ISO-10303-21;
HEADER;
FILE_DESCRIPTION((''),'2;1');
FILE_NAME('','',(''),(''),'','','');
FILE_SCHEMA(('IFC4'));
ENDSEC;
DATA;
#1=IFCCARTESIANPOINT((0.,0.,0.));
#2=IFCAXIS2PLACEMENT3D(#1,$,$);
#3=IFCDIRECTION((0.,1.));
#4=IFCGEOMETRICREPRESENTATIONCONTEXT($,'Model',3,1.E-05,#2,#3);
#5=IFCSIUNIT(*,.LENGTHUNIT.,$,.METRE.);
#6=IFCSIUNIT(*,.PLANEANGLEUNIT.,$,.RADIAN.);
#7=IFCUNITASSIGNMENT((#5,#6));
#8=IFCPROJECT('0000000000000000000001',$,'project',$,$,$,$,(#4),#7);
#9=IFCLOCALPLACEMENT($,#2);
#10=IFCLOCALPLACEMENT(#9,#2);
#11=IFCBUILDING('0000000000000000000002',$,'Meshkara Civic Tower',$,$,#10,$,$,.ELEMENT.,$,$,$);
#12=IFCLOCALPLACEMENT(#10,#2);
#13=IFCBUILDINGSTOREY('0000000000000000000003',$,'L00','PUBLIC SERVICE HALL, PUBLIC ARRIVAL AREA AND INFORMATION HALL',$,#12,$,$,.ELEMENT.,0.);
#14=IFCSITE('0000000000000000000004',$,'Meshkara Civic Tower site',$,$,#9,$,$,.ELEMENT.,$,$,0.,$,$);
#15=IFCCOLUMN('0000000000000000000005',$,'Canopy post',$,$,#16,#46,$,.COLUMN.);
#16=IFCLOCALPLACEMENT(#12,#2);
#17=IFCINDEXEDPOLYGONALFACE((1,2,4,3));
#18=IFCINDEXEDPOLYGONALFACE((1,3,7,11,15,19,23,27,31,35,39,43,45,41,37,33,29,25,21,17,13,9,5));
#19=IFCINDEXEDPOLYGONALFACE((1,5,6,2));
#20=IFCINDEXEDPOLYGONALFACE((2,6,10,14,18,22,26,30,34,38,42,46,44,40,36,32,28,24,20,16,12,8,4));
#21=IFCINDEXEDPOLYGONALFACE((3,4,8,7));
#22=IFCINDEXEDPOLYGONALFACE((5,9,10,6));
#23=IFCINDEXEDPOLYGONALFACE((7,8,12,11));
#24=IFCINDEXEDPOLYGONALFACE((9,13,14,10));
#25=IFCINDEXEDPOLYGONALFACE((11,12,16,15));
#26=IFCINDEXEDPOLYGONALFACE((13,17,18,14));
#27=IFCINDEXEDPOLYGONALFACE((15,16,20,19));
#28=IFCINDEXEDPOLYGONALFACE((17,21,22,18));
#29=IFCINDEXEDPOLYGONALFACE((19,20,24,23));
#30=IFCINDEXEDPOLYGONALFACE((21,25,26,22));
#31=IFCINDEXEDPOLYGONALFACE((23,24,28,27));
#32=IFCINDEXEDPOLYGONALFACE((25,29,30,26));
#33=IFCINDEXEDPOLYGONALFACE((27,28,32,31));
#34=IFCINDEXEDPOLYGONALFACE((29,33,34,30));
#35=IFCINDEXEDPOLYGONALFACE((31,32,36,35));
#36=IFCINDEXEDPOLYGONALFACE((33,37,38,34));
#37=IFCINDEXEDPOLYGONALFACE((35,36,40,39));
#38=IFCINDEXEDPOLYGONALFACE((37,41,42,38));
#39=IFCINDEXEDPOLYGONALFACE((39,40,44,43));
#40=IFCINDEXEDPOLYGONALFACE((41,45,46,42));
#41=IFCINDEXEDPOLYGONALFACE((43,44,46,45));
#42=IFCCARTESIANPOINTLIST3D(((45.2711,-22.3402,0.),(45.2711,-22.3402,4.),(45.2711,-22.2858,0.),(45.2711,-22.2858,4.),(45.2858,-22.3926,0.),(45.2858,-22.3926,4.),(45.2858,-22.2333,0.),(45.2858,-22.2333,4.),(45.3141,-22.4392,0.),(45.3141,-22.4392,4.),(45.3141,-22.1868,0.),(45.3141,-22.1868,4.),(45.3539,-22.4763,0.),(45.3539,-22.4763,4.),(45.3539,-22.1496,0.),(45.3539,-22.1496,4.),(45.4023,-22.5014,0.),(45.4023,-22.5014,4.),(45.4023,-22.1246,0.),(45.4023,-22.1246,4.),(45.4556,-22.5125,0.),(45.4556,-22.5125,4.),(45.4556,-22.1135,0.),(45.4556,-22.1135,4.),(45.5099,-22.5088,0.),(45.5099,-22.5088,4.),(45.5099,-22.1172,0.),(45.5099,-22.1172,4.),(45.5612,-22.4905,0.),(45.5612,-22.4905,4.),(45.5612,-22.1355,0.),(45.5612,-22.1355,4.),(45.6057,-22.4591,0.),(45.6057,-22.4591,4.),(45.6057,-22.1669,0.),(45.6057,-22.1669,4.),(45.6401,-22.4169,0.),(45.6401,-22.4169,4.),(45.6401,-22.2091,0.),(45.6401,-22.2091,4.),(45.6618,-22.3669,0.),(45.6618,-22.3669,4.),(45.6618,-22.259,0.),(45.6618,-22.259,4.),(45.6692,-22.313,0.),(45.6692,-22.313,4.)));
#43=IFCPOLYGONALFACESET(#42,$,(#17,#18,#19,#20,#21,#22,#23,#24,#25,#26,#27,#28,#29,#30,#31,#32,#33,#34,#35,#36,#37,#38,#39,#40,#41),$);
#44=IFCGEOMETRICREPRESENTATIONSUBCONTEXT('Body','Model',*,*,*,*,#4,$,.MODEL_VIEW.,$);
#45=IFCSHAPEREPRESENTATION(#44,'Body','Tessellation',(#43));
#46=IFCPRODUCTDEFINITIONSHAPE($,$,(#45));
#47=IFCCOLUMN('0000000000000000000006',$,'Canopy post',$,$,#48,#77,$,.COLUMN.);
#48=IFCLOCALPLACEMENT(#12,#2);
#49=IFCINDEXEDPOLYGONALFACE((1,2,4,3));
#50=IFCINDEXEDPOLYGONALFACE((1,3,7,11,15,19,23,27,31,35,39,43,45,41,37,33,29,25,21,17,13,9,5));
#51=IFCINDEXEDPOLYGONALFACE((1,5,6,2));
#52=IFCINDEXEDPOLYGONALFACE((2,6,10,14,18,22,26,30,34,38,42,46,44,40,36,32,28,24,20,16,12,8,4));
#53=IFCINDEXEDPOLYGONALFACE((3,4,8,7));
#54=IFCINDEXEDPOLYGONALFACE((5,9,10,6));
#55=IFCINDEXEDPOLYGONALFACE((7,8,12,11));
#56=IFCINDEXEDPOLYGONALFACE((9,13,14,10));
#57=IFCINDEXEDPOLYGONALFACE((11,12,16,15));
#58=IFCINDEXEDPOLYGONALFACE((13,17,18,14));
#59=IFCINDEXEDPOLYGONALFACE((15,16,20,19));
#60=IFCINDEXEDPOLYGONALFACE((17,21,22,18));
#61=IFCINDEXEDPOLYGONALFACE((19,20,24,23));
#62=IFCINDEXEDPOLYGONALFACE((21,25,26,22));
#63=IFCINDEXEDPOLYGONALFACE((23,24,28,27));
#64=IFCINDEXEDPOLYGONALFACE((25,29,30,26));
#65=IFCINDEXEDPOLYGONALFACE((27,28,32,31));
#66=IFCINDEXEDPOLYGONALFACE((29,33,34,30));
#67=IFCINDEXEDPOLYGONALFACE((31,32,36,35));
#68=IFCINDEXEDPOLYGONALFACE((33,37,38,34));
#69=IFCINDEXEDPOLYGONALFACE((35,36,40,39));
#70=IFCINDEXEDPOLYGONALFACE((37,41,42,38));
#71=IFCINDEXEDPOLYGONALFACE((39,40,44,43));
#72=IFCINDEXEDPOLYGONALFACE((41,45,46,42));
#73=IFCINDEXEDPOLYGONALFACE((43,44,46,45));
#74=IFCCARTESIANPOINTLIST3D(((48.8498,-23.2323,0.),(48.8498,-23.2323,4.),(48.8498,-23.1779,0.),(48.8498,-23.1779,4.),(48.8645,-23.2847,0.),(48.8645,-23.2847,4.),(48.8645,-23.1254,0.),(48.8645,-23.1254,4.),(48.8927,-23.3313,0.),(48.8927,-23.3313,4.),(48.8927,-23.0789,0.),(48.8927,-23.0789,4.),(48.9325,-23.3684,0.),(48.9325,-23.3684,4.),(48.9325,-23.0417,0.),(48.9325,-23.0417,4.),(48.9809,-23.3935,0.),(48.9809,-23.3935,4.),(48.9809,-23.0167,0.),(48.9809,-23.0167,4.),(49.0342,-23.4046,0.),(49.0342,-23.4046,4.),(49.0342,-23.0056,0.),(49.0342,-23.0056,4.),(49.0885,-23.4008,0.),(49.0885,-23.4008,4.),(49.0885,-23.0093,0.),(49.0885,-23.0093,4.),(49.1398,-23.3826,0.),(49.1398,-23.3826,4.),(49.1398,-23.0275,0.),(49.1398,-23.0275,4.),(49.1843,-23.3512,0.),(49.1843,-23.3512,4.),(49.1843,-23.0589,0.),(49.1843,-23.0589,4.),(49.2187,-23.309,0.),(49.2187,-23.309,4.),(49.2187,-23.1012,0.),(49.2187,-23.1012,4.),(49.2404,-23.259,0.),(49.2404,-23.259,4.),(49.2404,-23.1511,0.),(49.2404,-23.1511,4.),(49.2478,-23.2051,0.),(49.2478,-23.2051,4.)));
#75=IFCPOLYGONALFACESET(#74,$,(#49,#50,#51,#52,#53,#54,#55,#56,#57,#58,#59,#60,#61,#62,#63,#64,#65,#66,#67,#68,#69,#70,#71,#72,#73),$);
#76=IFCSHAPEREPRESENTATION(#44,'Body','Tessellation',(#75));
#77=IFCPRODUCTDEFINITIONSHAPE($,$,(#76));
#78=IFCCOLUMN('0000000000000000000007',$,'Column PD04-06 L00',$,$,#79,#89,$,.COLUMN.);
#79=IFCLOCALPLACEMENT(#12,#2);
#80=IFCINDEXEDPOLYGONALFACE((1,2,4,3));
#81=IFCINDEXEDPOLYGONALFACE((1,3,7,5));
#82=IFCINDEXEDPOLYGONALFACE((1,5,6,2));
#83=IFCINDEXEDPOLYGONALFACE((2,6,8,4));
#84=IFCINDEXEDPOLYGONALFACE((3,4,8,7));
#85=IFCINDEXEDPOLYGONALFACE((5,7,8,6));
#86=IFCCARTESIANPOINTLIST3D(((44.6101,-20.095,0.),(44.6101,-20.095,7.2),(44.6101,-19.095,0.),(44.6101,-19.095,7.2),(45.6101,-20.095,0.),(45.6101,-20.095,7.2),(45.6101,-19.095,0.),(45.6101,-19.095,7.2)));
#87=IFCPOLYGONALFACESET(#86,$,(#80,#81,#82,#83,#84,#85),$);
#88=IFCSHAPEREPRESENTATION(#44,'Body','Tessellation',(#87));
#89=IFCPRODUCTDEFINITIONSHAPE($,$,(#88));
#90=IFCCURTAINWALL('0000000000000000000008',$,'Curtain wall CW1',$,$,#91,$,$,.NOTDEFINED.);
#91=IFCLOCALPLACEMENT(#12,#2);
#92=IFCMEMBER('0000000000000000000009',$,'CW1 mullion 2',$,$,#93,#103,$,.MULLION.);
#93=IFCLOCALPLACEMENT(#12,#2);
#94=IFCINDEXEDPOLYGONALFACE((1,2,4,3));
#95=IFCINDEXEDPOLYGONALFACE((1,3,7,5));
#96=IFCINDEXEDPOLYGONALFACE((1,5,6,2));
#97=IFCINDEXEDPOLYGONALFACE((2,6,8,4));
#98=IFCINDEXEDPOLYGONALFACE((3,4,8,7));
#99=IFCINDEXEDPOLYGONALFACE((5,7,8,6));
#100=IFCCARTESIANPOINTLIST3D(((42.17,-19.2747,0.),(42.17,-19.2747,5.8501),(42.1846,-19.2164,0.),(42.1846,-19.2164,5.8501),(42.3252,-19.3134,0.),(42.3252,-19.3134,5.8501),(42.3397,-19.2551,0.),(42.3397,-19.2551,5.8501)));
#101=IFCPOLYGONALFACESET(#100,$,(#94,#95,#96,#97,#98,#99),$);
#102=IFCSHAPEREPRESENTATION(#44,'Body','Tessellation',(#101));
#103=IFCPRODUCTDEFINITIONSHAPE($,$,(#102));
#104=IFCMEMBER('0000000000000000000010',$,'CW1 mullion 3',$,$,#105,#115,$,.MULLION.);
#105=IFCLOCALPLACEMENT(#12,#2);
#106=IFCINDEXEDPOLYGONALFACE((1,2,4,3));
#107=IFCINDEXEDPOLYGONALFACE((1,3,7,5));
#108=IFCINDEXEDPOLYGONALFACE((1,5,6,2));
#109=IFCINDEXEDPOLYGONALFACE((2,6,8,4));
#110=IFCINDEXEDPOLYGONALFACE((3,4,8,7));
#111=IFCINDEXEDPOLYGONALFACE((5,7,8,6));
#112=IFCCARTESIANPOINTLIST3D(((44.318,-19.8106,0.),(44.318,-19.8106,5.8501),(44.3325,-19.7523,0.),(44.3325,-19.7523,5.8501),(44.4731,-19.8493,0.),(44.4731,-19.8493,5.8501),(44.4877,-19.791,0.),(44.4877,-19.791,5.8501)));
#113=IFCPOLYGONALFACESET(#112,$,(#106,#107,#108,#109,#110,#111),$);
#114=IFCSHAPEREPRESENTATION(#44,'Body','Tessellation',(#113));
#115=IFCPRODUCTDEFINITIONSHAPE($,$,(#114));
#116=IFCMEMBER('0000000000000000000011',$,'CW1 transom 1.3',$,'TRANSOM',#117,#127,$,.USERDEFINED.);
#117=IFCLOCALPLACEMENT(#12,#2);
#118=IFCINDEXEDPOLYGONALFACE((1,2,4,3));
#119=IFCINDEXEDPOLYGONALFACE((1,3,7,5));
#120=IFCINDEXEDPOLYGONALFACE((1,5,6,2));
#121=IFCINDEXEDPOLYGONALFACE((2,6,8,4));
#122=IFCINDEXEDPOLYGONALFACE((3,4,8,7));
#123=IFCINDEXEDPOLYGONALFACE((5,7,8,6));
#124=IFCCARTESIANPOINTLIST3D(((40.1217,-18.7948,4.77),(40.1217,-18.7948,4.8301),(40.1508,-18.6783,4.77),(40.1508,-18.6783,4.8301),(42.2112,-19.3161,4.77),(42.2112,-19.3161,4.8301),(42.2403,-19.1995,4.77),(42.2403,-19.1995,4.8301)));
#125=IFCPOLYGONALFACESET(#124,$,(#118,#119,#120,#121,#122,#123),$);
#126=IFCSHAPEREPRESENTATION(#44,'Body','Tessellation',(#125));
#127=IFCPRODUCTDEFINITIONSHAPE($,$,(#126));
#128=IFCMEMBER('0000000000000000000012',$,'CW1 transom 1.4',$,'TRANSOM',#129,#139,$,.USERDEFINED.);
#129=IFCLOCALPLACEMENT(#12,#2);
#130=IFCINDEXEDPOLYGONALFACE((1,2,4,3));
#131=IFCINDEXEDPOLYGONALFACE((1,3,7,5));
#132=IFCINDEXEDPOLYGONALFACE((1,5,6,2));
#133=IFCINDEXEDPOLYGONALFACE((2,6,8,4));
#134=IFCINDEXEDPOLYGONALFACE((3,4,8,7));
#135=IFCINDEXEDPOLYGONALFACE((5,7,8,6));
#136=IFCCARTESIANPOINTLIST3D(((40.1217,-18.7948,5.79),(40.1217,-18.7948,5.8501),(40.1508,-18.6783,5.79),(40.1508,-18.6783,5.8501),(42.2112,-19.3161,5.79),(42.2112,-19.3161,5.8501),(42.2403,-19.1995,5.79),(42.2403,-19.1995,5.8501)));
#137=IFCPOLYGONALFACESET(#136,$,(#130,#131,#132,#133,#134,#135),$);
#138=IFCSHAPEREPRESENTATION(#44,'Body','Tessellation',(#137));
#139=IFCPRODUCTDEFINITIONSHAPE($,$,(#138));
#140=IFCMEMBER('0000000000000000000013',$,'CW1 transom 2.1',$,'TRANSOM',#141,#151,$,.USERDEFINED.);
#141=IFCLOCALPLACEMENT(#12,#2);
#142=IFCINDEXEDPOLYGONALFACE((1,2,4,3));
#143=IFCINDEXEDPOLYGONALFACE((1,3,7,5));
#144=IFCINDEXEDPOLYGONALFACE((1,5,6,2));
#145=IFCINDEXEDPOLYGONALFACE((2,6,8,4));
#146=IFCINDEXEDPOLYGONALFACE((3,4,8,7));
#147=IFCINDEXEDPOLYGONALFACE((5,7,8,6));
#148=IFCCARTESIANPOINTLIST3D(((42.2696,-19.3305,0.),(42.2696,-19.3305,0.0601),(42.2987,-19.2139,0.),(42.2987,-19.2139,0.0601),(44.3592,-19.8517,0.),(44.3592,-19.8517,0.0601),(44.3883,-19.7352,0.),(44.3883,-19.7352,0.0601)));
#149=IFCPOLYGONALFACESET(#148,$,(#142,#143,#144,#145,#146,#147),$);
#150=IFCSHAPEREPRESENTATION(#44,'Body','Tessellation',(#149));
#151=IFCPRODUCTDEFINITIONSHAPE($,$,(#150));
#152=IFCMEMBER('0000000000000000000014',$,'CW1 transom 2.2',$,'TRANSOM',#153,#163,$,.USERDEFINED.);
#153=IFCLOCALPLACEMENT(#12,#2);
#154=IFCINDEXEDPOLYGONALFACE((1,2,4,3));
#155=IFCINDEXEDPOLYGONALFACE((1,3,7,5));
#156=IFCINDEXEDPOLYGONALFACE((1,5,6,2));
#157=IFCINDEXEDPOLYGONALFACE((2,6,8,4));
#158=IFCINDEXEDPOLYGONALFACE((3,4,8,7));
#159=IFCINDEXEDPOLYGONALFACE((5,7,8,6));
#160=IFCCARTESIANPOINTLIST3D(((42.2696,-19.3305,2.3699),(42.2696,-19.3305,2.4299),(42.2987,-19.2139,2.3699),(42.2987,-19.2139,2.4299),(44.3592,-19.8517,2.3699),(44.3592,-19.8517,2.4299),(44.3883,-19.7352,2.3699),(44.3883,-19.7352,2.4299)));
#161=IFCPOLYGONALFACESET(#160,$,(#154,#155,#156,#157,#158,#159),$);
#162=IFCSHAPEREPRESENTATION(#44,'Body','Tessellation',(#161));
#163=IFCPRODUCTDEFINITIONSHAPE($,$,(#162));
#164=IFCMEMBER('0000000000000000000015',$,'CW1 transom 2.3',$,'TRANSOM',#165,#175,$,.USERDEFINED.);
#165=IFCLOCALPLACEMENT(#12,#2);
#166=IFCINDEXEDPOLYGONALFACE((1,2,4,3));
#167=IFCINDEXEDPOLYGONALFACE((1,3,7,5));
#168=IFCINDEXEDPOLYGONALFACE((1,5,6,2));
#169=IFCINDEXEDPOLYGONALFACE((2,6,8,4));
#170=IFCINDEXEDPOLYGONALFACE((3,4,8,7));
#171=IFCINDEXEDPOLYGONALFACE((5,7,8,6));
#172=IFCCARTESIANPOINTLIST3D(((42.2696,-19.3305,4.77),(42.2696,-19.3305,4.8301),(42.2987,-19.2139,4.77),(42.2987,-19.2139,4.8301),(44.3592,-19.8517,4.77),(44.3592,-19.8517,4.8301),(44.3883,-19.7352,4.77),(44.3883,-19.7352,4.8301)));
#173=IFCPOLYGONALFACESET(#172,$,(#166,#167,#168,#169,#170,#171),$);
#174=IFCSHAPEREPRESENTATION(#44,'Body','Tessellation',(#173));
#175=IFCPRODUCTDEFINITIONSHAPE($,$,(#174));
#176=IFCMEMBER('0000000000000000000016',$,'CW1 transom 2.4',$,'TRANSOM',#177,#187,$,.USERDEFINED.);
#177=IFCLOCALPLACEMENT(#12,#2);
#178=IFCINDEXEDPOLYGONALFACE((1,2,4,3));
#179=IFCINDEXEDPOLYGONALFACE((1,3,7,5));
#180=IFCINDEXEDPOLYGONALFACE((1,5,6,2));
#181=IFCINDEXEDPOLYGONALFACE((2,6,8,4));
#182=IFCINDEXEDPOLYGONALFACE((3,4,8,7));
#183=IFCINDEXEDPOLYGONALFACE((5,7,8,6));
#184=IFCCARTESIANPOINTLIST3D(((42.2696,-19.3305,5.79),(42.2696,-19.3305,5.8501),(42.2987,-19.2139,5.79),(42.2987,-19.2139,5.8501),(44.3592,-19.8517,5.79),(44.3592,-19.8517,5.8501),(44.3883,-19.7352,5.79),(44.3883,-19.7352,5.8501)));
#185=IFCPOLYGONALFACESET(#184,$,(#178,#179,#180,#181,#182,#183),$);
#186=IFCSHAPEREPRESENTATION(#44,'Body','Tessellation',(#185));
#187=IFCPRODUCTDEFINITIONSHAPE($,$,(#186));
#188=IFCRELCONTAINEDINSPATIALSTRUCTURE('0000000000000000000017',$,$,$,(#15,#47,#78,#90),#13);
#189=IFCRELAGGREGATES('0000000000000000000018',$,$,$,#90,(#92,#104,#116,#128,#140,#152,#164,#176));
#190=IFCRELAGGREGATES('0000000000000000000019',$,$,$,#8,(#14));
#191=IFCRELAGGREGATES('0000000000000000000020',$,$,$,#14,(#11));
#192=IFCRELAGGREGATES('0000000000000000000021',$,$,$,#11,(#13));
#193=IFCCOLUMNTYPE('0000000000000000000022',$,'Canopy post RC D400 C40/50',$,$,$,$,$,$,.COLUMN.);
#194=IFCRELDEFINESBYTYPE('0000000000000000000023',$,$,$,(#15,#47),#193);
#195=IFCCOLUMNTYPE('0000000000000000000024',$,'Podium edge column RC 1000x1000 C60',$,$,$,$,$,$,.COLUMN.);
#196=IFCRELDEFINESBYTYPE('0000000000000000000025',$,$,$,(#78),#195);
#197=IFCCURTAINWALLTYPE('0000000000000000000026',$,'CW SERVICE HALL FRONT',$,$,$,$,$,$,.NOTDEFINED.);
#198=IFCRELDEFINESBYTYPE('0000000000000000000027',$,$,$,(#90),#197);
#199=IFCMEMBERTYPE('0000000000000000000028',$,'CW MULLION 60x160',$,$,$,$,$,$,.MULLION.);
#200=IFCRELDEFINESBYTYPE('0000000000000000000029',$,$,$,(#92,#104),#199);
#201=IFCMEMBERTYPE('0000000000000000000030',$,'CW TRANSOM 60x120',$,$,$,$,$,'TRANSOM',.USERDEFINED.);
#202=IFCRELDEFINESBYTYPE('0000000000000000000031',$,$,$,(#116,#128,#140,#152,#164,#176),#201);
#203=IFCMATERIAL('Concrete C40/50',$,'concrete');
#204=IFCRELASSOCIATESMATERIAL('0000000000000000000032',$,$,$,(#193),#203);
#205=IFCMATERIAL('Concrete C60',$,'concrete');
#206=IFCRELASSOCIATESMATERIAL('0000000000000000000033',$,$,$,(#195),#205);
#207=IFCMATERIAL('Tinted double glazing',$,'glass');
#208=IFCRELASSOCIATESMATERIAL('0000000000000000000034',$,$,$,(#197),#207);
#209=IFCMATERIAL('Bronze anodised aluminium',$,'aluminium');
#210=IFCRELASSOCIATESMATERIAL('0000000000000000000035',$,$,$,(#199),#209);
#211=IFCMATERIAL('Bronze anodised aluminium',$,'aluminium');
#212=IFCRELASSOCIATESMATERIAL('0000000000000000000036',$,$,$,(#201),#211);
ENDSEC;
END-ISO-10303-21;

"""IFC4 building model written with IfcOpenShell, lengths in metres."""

from ifc_helpers import new_model, si_unit, direction, frame, origin, origin_2d, place, context, subcontext, project, spatial, rectangle, circle, extrude, material, material_profile, profile_set, type_object, element, aggregate, save


model = new_model("IFC4")

# Units and contexts
model_context = context("Model", 3, precision=1e-05, world=origin(), true_north=direction((0.0, 1.0)))
body_context = subcontext(model_context, "Body", "Model", "MODEL_VIEW")
ifc_project = project(units=[si_unit("LENGTHUNIT", "METRE"), si_unit("PLANEANGLEUNIT", "RADIAN")], contexts=[model_context])

# Site, building, storey
site_placement = place(None, origin())
site = spatial("IfcSite", under=ifc_project, at=site_placement, Name="Meshkara Civic Tower site", CompositionType="ELEMENT", RefElevation=0.0)
building_placement = place(site_placement, origin())
building = spatial("IfcBuilding", under=site, at=building_placement, Name="Meshkara Civic Tower", CompositionType="ELEMENT")
storey_placement = place(building_placement, origin())
storey = spatial("IfcBuildingStorey", under=building, at=storey_placement, Name="L00", Description="PUBLIC SERVICE HALL, PUBLIC ARRIVAL AREA AND INFORMATION HALL", CompositionType="ELEMENT", Elevation=0.0)

# Columns
ifc_material_1 = material(Name="Concrete C40/50", Category="concrete")
ifc_material_profile_1 = material_profile(ifc_material_1, circle(Radius=0.2, at=origin_2d()))
ifc_profile_set_1 = profile_set([ifc_material_profile_1], Name="Concrete C40/50")
column_type_1 = type_object("IfcColumnType", Name="Canopy post RC D400 C40/50", PredefinedType="COLUMN", material=ifc_profile_set_1)
for number, where, z_axis, x_axis, name in (
    (1, (45.4692, -22.313, 0.0), (0.0, 0.0, 1.0), (1.0, 0.0, 0.0), "Canopy post"),
    (2, (49.0479, -23.2051, 0.0), (0.0, 0.0, 1.0), (1.0, 0.0, 0.0), "Canopy post"),
):
    element("IfcColumn", number, at=place(storey_placement, frame(where, z_axis=z_axis, x_axis=x_axis)), inside=storey, type_object=column_type_1, Name=name, PredefinedType="COLUMN", context=body_context, shape_type="SweptSolid", body=[
        extrude(circle(Radius=0.2, at=origin_2d()), origin(), (0.0, 0.0, 1.0), 4.0),
    ])
ifc_material_2 = material(Name="Concrete C60", Category="concrete")
ifc_material_profile_2 = material_profile(ifc_material_2, rectangle(XDim=1.0, YDim=1.0, at=origin_2d()))
ifc_profile_set_2 = profile_set([ifc_material_profile_2], Name="Concrete C60")
column_type_2 = type_object("IfcColumnType", Name="Podium edge column RC 1000x1000 C60", PredefinedType="COLUMN", material=ifc_profile_set_2)
column_placement = place(storey_placement, frame((45.1101, -19.595, 0.0), z_axis=(0.0, 0.0, 1.0), x_axis=(1.0, 0.0, 0.0)))
element("IfcColumn", 3, at=column_placement, inside=storey, type_object=column_type_2, Name="Column PD04-06 L00", PredefinedType="COLUMN", context=body_context, shape_type="SweptSolid", body=[
    extrude(rectangle(XDim=1.0, YDim=1.0, at=origin_2d()), origin(), (0.0, 0.0, 1.0), 7.2),
])

# Curtain wall, members
ifc_material_3 = material(Name="Tinted double glazing", Category="glass")
curtain_wall_type = type_object("IfcCurtainWallType", Name="CW SERVICE HALL FRONT", PredefinedType="NOTDEFINED", material=ifc_material_3)
curtain_wall_placement = place(storey_placement, origin())
curtain_wall = element("IfcCurtainWall", 4, at=curtain_wall_placement, inside=storey, type_object=curtain_wall_type, Name="Curtain wall CW1", PredefinedType="NOTDEFINED")
ifc_material_4 = material(Name="Bronze anodised aluminium", Category="aluminium")
ifc_material_profile_3 = material_profile(ifc_material_4, rectangle(XDim=0.0601, YDim=0.1599, at=origin_2d()))
ifc_profile_set_3 = profile_set([ifc_material_profile_3], Name="Bronze anodised aluminium")
member_type_1 = type_object("IfcMemberType", Name="CW MULLION 60x160", PredefinedType="MULLION", material=ifc_profile_set_3)
member_1_placement = place(storey_placement, frame((42.2549, -19.2649, 0.0), z_axis=(0.0, 0.0, 1.0), x_axis=(0.242011, 0.970273, 0.0)))
member_1 = element("IfcMember", 5, at=member_1_placement, type_object=member_type_1, Name="CW1 mullion 2", PredefinedType="MULLION", context=body_context, shape_type="SweptSolid", body=[
    extrude(rectangle(XDim=0.0601, YDim=0.1599, at=origin_2d()), origin(), (0.0, 0.0, 1.0), 5.8501),
])
member_2_placement = place(storey_placement, frame((44.4028, -19.8008, 0.0), z_axis=(0.0, 0.0, 1.0), x_axis=(0.242011, 0.970273, 0.0)))
member_2 = element("IfcMember", 6, at=member_2_placement, type_object=member_type_1, Name="CW1 mullion 3", PredefinedType="MULLION", context=body_context, shape_type="SweptSolid", body=[
    extrude(rectangle(XDim=0.0601, YDim=0.1599, at=origin_2d()), origin(), (0.0, 0.0, 1.0), 5.8501),
])
ifc_material_5 = material(Name="Bronze anodised aluminium", Category="aluminium")
ifc_material_profile_4 = material_profile(ifc_material_5, rectangle(XDim=0.1201, YDim=0.0601, at=origin_2d()))
ifc_profile_set_4 = profile_set([ifc_material_profile_4], Name="Bronze anodised aluminium")
member_type_2 = type_object("IfcMemberType", Name="CW TRANSOM 60x120", ElementType="TRANSOM", PredefinedType="USERDEFINED", material=ifc_profile_set_4)
member_3_placement = place(storey_placement, frame((40.1362, -18.7366, 4.8), z_axis=(0.970269, -0.242029, 0.0), x_axis=(0.242029, 0.970269, 0.0)))
member_3 = element("IfcMember", 7, at=member_3_placement, type_object=member_type_2, Name="CW1 transom 1.3", ObjectType="TRANSOM", PredefinedType="USERDEFINED", context=body_context, shape_type="SweptSolid", body=[
    extrude(rectangle(XDim=0.1201, YDim=0.0601, at=origin_2d()), origin(), (0.0, 0.0, 1.0), 2.1536),
])
member_4_placement = place(storey_placement, frame((40.1362, -18.7366, 5.8201), z_axis=(0.970269, -0.242029, 0.0), x_axis=(0.242029, 0.970269, 0.0)))
member_4 = element("IfcMember", 8, at=member_4_placement, type_object=member_type_2, Name="CW1 transom 1.4", ObjectType="TRANSOM", PredefinedType="USERDEFINED", context=body_context, shape_type="SweptSolid", body=[
    extrude(rectangle(XDim=0.1201, YDim=0.0601, at=origin_2d()), origin(), (0.0, 0.0, 1.0), 2.1536),
])
member_5_placement = place(storey_placement, frame((42.2842, -19.2722, 0.03), z_axis=(0.970269, -0.242029, 0.0), x_axis=(0.242029, 0.970269, 0.0)))
member_5 = element("IfcMember", 9, at=member_5_placement, type_object=member_type_2, Name="CW1 transom 2.1", ObjectType="TRANSOM", PredefinedType="USERDEFINED", context=body_context, shape_type="SweptSolid", body=[
    extrude(rectangle(XDim=0.1201, YDim=0.0601, at=origin_2d()), origin(), (0.0, 0.0, 1.0), 2.1536),
])
member_6_placement = place(storey_placement, frame((42.2842, -19.2722, 2.3999), z_axis=(0.970269, -0.242029, 0.0), x_axis=(0.242029, 0.970269, 0.0)))
member_6 = element("IfcMember", 10, at=member_6_placement, type_object=member_type_2, Name="CW1 transom 2.2", ObjectType="TRANSOM", PredefinedType="USERDEFINED", context=body_context, shape_type="SweptSolid", body=[
    extrude(rectangle(XDim=0.1201, YDim=0.0601, at=origin_2d()), origin(), (0.0, 0.0, 1.0), 2.1536),
])
member_7_placement = place(storey_placement, frame((42.2842, -19.2722, 4.8), z_axis=(0.970269, -0.242029, 0.0), x_axis=(0.242029, 0.970269, 0.0)))
member_7 = element("IfcMember", 11, at=member_7_placement, type_object=member_type_2, Name="CW1 transom 2.3", ObjectType="TRANSOM", PredefinedType="USERDEFINED", context=body_context, shape_type="SweptSolid", body=[
    extrude(rectangle(XDim=0.1201, YDim=0.0601, at=origin_2d()), origin(), (0.0, 0.0, 1.0), 2.1536),
])
member_8_placement = place(storey_placement, frame((42.2842, -19.2722, 5.8201), z_axis=(0.970269, -0.242029, 0.0), x_axis=(0.242029, 0.970269, 0.0)))
member_8 = element("IfcMember", 12, at=member_8_placement, type_object=member_type_2, Name="CW1 transom 2.4", ObjectType="TRANSOM", PredefinedType="USERDEFINED", context=body_context, shape_type="SweptSolid", body=[
    extrude(rectangle(XDim=0.1201, YDim=0.0601, at=origin_2d()), origin(), (0.0, 0.0, 1.0), 2.1536),
])

aggregate(curtain_wall, [member_1, member_2, member_3, member_4, member_5, member_6, member_7, member_8])

save(model, "model.ifc")
